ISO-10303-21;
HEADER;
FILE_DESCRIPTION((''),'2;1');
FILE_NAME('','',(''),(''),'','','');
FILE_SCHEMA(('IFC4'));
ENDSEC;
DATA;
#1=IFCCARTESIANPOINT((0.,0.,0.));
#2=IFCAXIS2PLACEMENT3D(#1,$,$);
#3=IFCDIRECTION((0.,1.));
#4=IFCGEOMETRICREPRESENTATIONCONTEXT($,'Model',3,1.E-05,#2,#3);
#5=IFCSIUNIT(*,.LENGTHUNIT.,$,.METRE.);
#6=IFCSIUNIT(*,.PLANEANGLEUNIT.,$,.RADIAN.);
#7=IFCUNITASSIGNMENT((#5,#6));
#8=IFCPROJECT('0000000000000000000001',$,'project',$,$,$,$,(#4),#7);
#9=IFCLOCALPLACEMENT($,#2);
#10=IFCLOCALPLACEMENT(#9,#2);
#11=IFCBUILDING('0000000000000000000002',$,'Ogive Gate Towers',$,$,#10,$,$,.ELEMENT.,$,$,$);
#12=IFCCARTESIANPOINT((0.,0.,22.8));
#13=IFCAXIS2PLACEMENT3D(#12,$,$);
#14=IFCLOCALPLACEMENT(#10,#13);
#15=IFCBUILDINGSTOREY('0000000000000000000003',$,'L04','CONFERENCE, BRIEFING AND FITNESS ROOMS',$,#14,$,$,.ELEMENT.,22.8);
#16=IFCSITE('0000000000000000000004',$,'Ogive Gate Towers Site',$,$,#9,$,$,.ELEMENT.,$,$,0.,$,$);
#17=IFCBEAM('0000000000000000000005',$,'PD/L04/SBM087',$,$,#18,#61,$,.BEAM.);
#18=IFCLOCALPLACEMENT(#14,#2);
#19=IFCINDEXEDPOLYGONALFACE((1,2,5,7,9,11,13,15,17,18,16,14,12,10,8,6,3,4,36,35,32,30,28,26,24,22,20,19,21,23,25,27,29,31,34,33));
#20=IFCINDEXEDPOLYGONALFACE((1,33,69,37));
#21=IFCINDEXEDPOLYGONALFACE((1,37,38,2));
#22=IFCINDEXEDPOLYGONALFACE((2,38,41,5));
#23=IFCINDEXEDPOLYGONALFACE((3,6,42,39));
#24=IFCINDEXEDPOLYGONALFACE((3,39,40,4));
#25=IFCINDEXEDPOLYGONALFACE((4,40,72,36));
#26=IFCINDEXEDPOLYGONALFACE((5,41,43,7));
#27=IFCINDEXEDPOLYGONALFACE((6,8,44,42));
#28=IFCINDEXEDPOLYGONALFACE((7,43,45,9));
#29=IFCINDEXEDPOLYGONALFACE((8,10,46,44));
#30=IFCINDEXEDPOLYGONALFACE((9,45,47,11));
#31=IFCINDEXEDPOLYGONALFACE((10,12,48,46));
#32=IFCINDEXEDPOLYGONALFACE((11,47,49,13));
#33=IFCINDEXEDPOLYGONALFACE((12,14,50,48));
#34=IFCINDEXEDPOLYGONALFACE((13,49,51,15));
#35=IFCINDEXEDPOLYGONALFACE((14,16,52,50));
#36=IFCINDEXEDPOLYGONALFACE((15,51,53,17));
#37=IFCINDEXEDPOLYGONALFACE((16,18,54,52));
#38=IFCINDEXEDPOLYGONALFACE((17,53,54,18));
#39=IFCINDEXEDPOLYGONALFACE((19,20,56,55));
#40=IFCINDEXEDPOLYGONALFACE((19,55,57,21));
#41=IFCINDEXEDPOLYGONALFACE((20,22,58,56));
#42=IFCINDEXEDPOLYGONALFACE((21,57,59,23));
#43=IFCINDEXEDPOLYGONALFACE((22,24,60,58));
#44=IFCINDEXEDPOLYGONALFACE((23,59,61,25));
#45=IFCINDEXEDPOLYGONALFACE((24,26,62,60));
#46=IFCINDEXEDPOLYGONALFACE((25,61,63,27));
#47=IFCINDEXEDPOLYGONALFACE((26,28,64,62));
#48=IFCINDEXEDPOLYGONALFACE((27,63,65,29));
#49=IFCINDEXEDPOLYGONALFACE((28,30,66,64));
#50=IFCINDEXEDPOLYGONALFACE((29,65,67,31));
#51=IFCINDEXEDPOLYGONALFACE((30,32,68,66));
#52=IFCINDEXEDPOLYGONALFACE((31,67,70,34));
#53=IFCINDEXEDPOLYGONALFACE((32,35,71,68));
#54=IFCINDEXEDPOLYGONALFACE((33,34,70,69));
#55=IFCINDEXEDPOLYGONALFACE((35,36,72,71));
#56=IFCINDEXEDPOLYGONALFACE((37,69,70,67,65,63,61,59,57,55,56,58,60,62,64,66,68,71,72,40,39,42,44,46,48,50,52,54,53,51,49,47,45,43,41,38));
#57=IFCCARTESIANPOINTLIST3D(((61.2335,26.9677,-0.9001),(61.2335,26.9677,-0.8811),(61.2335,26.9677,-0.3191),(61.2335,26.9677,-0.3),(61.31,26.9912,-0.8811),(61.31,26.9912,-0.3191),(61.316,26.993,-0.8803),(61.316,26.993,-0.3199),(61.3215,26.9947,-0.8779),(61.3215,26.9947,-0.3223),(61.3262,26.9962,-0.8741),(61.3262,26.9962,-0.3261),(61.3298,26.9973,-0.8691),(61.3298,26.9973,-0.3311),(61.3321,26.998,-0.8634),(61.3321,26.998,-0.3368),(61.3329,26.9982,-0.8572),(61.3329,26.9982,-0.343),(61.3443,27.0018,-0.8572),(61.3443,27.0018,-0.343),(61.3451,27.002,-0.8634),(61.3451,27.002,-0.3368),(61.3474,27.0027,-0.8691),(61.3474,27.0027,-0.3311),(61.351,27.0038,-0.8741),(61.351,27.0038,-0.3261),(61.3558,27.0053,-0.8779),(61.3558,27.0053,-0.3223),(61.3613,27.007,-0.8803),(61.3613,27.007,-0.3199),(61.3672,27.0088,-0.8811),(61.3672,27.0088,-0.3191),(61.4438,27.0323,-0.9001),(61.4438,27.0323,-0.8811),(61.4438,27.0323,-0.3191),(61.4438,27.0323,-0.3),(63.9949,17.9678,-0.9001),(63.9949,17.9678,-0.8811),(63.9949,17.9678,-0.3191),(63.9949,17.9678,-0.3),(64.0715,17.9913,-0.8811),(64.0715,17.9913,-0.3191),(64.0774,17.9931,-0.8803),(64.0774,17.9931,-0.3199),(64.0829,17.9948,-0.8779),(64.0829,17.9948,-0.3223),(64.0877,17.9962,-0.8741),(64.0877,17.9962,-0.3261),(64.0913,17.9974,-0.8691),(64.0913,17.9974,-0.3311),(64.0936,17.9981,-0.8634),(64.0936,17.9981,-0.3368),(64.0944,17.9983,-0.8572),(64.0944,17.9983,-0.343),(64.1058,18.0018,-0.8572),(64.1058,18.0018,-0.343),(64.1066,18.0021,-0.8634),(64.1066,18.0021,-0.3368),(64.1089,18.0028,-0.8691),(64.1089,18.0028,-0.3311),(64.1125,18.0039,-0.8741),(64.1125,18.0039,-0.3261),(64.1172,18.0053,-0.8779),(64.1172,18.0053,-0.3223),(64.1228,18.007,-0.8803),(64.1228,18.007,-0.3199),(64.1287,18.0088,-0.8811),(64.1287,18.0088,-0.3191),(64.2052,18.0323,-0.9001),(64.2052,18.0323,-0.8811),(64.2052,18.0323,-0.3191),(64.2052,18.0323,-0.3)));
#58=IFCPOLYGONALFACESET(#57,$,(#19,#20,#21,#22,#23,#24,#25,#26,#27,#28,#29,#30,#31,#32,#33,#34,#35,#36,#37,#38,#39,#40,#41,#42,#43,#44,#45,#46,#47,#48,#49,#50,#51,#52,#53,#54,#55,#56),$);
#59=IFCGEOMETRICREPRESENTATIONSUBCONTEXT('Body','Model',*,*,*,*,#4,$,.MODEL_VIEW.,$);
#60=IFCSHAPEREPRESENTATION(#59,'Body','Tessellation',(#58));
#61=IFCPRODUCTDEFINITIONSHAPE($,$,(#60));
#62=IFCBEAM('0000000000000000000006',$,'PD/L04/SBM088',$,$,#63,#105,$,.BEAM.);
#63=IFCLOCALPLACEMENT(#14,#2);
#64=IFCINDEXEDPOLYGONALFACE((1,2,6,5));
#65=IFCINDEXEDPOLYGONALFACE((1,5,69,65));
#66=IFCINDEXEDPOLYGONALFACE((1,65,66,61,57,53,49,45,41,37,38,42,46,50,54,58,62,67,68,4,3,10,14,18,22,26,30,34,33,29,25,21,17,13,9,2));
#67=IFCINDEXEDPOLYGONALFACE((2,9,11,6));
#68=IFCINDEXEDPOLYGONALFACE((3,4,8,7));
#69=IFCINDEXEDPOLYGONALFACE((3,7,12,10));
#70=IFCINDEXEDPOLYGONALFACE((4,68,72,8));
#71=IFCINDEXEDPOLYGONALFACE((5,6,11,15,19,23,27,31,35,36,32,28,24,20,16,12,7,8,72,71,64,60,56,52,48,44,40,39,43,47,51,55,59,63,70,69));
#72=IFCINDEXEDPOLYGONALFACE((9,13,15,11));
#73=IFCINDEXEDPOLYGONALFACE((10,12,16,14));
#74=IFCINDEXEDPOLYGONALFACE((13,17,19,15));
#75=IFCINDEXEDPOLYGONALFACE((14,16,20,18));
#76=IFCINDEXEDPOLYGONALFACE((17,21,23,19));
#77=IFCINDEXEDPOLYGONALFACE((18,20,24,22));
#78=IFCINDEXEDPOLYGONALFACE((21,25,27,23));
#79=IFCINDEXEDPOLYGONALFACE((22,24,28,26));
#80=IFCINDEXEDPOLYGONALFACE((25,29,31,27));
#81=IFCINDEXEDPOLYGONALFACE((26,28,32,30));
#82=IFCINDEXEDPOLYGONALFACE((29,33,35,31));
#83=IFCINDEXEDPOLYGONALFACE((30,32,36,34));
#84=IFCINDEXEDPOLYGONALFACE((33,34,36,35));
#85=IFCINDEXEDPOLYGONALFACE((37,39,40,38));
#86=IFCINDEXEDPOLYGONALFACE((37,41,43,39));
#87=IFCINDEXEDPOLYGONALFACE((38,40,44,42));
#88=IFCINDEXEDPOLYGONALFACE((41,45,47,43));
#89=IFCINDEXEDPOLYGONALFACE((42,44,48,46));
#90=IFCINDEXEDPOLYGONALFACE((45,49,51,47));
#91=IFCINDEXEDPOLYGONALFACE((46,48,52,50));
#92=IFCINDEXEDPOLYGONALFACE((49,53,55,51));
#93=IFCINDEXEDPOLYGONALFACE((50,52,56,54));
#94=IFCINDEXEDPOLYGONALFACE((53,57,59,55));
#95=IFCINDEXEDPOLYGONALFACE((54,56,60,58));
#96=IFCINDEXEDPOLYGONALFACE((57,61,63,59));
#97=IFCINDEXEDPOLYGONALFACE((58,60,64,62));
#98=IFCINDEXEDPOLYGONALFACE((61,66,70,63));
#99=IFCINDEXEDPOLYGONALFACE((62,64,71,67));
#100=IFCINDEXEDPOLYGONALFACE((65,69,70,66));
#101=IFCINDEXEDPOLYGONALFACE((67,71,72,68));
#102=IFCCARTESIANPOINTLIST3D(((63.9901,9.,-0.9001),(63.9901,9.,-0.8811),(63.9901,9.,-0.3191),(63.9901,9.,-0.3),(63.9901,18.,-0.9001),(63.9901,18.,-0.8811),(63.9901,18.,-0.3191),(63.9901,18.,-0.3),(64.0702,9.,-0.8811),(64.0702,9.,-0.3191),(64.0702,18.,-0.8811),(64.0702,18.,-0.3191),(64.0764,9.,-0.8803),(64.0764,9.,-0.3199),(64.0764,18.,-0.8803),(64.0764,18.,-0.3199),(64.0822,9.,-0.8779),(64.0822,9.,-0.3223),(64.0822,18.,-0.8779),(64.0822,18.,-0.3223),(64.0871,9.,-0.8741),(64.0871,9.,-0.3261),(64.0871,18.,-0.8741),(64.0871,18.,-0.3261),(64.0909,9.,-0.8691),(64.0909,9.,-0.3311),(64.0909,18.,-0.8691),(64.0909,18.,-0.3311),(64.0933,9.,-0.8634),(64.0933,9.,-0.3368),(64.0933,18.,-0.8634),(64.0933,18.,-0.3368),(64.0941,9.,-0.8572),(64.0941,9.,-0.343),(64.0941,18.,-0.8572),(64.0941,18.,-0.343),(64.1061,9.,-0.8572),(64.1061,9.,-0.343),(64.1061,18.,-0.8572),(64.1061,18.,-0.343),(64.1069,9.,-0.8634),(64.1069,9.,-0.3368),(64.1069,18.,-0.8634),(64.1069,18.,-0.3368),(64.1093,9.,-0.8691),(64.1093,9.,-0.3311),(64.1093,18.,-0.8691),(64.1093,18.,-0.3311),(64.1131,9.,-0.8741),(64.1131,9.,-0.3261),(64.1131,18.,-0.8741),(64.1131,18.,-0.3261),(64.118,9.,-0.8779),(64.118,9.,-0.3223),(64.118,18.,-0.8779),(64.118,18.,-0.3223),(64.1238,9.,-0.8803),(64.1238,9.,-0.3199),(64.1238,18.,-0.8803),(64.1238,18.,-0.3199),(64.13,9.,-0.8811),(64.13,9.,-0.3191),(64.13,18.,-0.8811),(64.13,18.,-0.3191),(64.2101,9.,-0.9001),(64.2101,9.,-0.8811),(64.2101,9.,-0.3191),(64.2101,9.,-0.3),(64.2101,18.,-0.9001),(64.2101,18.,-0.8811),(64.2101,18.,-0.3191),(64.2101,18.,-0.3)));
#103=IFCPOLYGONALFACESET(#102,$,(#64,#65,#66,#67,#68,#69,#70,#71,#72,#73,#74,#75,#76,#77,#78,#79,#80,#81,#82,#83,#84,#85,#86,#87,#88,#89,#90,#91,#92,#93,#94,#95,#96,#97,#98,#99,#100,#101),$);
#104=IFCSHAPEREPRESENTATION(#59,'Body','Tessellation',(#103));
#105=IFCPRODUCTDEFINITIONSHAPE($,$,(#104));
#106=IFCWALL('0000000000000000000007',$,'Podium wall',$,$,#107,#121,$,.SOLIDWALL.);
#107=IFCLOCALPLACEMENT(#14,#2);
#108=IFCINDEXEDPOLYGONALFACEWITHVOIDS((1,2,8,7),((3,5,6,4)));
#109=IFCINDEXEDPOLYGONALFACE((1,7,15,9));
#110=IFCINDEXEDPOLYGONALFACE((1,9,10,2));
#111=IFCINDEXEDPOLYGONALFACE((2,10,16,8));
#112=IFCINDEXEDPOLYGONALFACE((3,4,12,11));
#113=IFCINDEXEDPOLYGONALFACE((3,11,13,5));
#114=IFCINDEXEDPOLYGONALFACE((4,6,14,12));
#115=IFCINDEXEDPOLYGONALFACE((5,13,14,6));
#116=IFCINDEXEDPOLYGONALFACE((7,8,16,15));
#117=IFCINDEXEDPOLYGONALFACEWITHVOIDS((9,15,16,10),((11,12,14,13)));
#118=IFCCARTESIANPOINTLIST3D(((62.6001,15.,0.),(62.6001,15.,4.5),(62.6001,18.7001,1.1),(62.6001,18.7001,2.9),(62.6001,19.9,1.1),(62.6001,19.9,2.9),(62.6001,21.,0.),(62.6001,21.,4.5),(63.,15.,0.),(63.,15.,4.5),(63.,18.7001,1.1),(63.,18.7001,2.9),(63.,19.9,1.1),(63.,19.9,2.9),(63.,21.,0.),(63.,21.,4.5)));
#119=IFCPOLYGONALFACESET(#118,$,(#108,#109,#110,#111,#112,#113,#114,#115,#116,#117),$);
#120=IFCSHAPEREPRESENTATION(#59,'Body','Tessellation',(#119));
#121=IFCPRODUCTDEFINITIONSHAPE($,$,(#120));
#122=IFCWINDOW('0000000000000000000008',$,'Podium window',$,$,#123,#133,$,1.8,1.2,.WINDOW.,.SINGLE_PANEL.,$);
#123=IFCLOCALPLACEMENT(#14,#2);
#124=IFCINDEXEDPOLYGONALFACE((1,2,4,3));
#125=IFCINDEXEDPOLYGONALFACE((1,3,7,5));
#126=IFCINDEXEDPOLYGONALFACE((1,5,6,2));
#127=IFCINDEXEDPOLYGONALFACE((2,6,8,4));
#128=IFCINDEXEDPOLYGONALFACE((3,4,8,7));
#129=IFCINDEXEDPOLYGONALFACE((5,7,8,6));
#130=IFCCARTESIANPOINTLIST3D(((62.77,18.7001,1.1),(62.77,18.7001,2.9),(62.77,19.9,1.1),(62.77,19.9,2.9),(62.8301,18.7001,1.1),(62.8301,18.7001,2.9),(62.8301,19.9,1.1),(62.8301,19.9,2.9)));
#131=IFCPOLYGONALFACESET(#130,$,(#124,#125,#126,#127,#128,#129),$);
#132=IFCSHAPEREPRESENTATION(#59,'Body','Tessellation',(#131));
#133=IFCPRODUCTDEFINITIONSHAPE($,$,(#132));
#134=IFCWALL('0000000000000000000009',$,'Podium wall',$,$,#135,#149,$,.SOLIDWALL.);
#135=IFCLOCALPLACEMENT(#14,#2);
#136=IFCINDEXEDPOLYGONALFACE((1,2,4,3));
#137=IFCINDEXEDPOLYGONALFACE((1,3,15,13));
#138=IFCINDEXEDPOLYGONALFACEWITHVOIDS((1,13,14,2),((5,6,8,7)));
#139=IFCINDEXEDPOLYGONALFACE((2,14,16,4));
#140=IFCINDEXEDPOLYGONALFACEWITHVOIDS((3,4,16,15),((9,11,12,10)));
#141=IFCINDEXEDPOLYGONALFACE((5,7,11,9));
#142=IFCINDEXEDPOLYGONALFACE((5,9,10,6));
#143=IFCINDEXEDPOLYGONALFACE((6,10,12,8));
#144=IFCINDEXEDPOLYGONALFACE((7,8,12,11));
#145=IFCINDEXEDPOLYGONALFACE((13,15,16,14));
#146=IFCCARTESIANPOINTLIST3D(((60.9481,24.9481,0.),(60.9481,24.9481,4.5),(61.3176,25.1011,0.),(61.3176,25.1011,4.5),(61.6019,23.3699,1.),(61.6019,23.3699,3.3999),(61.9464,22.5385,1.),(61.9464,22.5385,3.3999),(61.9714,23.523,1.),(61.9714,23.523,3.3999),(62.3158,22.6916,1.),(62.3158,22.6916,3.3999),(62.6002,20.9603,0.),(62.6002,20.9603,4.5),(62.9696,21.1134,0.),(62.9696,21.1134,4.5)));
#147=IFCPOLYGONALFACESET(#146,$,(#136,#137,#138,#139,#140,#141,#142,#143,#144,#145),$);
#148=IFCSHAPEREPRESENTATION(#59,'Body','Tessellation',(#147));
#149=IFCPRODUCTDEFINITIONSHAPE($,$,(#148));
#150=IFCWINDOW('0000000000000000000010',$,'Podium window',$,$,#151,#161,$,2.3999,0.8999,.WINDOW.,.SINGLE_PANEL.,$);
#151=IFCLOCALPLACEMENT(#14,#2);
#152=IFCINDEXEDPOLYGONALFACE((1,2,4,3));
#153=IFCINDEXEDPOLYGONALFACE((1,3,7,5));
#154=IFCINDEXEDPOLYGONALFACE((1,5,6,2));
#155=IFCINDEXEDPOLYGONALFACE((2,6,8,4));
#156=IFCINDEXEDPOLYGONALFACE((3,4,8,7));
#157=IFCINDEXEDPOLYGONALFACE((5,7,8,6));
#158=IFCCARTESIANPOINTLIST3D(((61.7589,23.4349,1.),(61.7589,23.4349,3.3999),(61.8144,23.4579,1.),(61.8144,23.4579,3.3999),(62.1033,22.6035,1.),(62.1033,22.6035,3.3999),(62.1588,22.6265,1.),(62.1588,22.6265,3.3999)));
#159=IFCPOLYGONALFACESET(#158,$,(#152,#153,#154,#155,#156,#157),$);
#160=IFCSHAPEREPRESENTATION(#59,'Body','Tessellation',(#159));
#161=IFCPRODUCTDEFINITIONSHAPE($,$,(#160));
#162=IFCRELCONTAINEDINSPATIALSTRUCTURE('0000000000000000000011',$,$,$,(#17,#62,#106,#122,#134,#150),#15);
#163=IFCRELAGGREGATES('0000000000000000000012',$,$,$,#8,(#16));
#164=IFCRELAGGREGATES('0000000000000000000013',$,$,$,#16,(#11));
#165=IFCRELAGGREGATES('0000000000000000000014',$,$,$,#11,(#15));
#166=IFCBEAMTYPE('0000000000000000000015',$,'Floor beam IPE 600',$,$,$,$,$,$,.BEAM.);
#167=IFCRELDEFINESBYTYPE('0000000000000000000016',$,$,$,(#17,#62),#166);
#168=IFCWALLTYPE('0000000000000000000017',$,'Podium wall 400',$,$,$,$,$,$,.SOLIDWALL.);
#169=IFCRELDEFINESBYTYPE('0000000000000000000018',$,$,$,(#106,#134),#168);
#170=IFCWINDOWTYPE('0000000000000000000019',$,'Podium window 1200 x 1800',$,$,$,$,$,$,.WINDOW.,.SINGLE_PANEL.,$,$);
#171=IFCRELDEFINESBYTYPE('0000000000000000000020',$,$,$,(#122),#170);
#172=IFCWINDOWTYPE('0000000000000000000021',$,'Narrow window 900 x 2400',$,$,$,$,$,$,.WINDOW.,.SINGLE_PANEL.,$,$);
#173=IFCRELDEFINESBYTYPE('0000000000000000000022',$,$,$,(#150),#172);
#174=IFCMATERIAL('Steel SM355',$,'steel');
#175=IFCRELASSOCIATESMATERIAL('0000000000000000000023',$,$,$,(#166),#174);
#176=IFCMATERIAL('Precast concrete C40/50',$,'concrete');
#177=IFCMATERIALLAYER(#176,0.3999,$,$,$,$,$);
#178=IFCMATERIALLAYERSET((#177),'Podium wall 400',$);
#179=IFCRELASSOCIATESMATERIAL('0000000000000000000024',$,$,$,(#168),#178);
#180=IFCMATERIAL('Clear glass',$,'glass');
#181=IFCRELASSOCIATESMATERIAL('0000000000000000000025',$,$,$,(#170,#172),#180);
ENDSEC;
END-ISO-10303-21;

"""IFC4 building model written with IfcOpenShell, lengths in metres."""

from ifc_helpers import new_model, si_unit, direction, frame, frame_2d, origin, origin_2d, place, context, subcontext, project, spatial, rectangle, i_section, extrude, material, layer, layer_set, material_profile, profile_set, type_object, element, fill, save


model = new_model("IFC4")

# Units and contexts
model_context = context("Model", 3, precision=1e-05, world=origin(), true_north=direction((0.0, 1.0)))
body_context = subcontext(model_context, "Body", "Model", "MODEL_VIEW")
ifc_project = project(units=[si_unit("LENGTHUNIT", "METRE"), si_unit("PLANEANGLEUNIT", "RADIAN")], contexts=[model_context])

# Site, building, storey
site_placement = place(None, origin())
site = spatial("IfcSite", under=ifc_project, at=site_placement, Name="Ogive Gate Towers Site", CompositionType="ELEMENT", RefElevation=0.0)
building_placement = place(site_placement, origin())
building = spatial("IfcBuilding", under=site, at=building_placement, Name="Ogive Gate Towers", CompositionType="ELEMENT")
storey_placement = place(building_placement, frame((0.0, 0.0, 22.8)))
storey = spatial("IfcBuildingStorey", under=building, at=storey_placement, Name="L04", Description="CONFERENCE, BRIEFING AND FITNESS ROOMS", CompositionType="ELEMENT", Elevation=22.8)

# Beams
ifc_material_1 = material(Name="Steel SM355", Category="steel")
ifc_material_profile_1 = material_profile(ifc_material_1, i_section(OverallWidth=0.22, OverallDepth=0.6001, WebThickness=0.012, FlangeThickness=0.019, FilletRadius=0.0239, at=origin_2d()), Name="IPE 600")
ifc_profile_set_1 = profile_set([ifc_material_profile_1], Name="Steel SM355")
beam_type_1 = type_object("IfcBeamType", Name="Floor beam IPE 600", PredefinedType="BEAM", material=ifc_profile_set_1)
beam_1_placement = place(storey_placement, frame((61.3386, 27.0, -0.6001), z_axis=(0.293333, -0.95601, 0.0), x_axis=(0.95601, 0.293333, 0.0)))
element("IfcBeam", 1, at=beam_1_placement, inside=storey, type_object=beam_type_1, Name="PD/L04/SBM087", PredefinedType="BEAM", context=body_context, shape_type="SweptSolid", body=[
    extrude(i_section(OverallWidth=0.22, OverallDepth=0.6001, WebThickness=0.012, FlangeThickness=0.019, FilletRadius=0.0239, at=origin_2d()), origin(), (0.0, 0.0, 1.0), 9.4141),
])
beam_2_placement = place(storey_placement, frame((64.1001, 18.0, -0.6001), z_axis=(0.0, -1.0, 0.0), x_axis=(1.0, 0.0, 0.0)))
element("IfcBeam", 2, at=beam_2_placement, inside=storey, type_object=beam_type_1, Name="PD/L04/SBM088", PredefinedType="BEAM", context=body_context, shape_type="SweptSolid", body=[
    extrude(i_section(OverallWidth=0.22, OverallDepth=0.6001, WebThickness=0.012, FlangeThickness=0.019, FilletRadius=0.0239, at=origin_2d()), origin(), (0.0, 0.0, 1.0), 9.0),
])

# Walls, openings, windows
ifc_material_2 = material(Name="Precast concrete C40/50", Category="concrete")
ifc_layer = layer(ifc_material_2, 0.3999)
ifc_layer_set = layer_set([ifc_layer], Name="Podium wall 400")
wall_type = type_object("IfcWallType", Name="Podium wall 400", PredefinedType="SOLIDWALL", material=ifc_layer_set)
wall_1_placement = place(storey_placement, frame((62.8, 15.0, 0.0), z_axis=(0.0, 0.0, 1.0), x_axis=(0.0, 1.0, 0.0)))
wall_1 = element("IfcWall", 3, at=wall_1_placement, inside=storey, type_object=wall_type, Name="Podium wall", PredefinedType="SOLIDWALL", context=body_context, shape_type="SweptSolid", body=[
    extrude(rectangle(XDim=6.0, YDim=0.3999, at=frame_2d((3.0, 0.0))), origin(), (0.0, 0.0, 1.0), 4.5),
])
opening_1_placement = place(wall_1_placement, frame((3.7, 0.0, 1.1001)))
opening_1 = element("IfcOpeningElement", 4, at=opening_1_placement, cuts=wall_1, PredefinedType="OPENING", context=body_context, shape_type="SweptSolid", body=[
    extrude(rectangle(XDim=1.2, YDim=1.8, at=frame_2d((0.6001, 0.8999))), frame((0.0, 0.21, 0.0), z_axis=(0.0, -1.0, 0.0), x_axis=(1.0, 0.0, 0.0)), (0.0, 0.0, 1.0), 0.4199),
])
ifc_material_3 = material(Name="Clear glass", Category="glass")
window_type_1 = type_object("IfcWindowType", Name="Podium window 1200 x 1800", PartitioningType="SINGLE_PANEL", PredefinedType="WINDOW", material=ifc_material_3)
window_1_placement = place(opening_1_placement, origin())
window_1 = element("IfcWindow", 5, at=window_1_placement, inside=storey, type_object=window_type_1, Name="Podium window", OverallHeight=1.8, OverallWidth=1.2, PartitioningType="SINGLE_PANEL", PredefinedType="WINDOW", context=body_context, shape_type="SweptSolid", body=[
    extrude(rectangle(XDim=1.2, YDim=1.8, at=frame_2d((0.6001, 0.8999))), frame((0.0, 0.03, 0.0), z_axis=(0.0, -1.0, 0.0), x_axis=(1.0, 0.0, 0.0)), (0.0, 0.0, 1.0), 0.0601),
])
fill(opening_1, window_1)
wall_2_placement = place(storey_placement, frame((62.7849, 21.0369, 0.0), z_axis=(0.0, 0.0, 1.0), x_axis=(-0.382743, 0.923855, 0.0)))
wall_2 = element("IfcWall", 6, at=wall_2_placement, inside=storey, type_object=wall_type, Name="Podium wall", PredefinedType="SOLIDWALL", context=body_context, shape_type="SweptSolid", body=[
    extrude(rectangle(XDim=4.3164, YDim=0.3999, at=frame_2d((2.1582, 0.0))), origin(), (0.0, 0.0, 1.0), 4.5),
])
opening_2_placement = place(wall_2_placement, frame((1.7083, 0.0, 1.0)))
opening_2 = element("IfcOpeningElement", 7, at=opening_2_placement, cuts=wall_2, PredefinedType="OPENING", context=body_context, shape_type="SweptSolid", body=[
    extrude(rectangle(XDim=0.8999, YDim=2.3999, at=frame_2d((0.45, 1.2))), frame((0.0, 0.21, 0.0), z_axis=(0.0, -1.0, 0.0), x_axis=(1.0, 0.0, 0.0)), (0.0, 0.0, 1.0), 0.4199),
])
window_type_2 = type_object("IfcWindowType", Name="Narrow window 900 x 2400", PartitioningType="SINGLE_PANEL", PredefinedType="WINDOW", material=ifc_material_3)
window_2_placement = place(opening_2_placement, origin())
window_2 = element("IfcWindow", 8, at=window_2_placement, inside=storey, type_object=window_type_2, Name="Podium window", OverallHeight=2.3999, OverallWidth=0.8999, PartitioningType="SINGLE_PANEL", PredefinedType="WINDOW", context=body_context, shape_type="SweptSolid", body=[
    extrude(rectangle(XDim=0.8999, YDim=2.3999, at=frame_2d((0.45, 1.2))), frame((0.0, 0.03, 0.0), z_axis=(0.0, -1.0, 0.0), x_axis=(1.0, 0.0, 0.0)), (0.0, 0.0, 1.0), 0.0601),
])
fill(opening_2, window_2)

save(model, "model.ifc")
